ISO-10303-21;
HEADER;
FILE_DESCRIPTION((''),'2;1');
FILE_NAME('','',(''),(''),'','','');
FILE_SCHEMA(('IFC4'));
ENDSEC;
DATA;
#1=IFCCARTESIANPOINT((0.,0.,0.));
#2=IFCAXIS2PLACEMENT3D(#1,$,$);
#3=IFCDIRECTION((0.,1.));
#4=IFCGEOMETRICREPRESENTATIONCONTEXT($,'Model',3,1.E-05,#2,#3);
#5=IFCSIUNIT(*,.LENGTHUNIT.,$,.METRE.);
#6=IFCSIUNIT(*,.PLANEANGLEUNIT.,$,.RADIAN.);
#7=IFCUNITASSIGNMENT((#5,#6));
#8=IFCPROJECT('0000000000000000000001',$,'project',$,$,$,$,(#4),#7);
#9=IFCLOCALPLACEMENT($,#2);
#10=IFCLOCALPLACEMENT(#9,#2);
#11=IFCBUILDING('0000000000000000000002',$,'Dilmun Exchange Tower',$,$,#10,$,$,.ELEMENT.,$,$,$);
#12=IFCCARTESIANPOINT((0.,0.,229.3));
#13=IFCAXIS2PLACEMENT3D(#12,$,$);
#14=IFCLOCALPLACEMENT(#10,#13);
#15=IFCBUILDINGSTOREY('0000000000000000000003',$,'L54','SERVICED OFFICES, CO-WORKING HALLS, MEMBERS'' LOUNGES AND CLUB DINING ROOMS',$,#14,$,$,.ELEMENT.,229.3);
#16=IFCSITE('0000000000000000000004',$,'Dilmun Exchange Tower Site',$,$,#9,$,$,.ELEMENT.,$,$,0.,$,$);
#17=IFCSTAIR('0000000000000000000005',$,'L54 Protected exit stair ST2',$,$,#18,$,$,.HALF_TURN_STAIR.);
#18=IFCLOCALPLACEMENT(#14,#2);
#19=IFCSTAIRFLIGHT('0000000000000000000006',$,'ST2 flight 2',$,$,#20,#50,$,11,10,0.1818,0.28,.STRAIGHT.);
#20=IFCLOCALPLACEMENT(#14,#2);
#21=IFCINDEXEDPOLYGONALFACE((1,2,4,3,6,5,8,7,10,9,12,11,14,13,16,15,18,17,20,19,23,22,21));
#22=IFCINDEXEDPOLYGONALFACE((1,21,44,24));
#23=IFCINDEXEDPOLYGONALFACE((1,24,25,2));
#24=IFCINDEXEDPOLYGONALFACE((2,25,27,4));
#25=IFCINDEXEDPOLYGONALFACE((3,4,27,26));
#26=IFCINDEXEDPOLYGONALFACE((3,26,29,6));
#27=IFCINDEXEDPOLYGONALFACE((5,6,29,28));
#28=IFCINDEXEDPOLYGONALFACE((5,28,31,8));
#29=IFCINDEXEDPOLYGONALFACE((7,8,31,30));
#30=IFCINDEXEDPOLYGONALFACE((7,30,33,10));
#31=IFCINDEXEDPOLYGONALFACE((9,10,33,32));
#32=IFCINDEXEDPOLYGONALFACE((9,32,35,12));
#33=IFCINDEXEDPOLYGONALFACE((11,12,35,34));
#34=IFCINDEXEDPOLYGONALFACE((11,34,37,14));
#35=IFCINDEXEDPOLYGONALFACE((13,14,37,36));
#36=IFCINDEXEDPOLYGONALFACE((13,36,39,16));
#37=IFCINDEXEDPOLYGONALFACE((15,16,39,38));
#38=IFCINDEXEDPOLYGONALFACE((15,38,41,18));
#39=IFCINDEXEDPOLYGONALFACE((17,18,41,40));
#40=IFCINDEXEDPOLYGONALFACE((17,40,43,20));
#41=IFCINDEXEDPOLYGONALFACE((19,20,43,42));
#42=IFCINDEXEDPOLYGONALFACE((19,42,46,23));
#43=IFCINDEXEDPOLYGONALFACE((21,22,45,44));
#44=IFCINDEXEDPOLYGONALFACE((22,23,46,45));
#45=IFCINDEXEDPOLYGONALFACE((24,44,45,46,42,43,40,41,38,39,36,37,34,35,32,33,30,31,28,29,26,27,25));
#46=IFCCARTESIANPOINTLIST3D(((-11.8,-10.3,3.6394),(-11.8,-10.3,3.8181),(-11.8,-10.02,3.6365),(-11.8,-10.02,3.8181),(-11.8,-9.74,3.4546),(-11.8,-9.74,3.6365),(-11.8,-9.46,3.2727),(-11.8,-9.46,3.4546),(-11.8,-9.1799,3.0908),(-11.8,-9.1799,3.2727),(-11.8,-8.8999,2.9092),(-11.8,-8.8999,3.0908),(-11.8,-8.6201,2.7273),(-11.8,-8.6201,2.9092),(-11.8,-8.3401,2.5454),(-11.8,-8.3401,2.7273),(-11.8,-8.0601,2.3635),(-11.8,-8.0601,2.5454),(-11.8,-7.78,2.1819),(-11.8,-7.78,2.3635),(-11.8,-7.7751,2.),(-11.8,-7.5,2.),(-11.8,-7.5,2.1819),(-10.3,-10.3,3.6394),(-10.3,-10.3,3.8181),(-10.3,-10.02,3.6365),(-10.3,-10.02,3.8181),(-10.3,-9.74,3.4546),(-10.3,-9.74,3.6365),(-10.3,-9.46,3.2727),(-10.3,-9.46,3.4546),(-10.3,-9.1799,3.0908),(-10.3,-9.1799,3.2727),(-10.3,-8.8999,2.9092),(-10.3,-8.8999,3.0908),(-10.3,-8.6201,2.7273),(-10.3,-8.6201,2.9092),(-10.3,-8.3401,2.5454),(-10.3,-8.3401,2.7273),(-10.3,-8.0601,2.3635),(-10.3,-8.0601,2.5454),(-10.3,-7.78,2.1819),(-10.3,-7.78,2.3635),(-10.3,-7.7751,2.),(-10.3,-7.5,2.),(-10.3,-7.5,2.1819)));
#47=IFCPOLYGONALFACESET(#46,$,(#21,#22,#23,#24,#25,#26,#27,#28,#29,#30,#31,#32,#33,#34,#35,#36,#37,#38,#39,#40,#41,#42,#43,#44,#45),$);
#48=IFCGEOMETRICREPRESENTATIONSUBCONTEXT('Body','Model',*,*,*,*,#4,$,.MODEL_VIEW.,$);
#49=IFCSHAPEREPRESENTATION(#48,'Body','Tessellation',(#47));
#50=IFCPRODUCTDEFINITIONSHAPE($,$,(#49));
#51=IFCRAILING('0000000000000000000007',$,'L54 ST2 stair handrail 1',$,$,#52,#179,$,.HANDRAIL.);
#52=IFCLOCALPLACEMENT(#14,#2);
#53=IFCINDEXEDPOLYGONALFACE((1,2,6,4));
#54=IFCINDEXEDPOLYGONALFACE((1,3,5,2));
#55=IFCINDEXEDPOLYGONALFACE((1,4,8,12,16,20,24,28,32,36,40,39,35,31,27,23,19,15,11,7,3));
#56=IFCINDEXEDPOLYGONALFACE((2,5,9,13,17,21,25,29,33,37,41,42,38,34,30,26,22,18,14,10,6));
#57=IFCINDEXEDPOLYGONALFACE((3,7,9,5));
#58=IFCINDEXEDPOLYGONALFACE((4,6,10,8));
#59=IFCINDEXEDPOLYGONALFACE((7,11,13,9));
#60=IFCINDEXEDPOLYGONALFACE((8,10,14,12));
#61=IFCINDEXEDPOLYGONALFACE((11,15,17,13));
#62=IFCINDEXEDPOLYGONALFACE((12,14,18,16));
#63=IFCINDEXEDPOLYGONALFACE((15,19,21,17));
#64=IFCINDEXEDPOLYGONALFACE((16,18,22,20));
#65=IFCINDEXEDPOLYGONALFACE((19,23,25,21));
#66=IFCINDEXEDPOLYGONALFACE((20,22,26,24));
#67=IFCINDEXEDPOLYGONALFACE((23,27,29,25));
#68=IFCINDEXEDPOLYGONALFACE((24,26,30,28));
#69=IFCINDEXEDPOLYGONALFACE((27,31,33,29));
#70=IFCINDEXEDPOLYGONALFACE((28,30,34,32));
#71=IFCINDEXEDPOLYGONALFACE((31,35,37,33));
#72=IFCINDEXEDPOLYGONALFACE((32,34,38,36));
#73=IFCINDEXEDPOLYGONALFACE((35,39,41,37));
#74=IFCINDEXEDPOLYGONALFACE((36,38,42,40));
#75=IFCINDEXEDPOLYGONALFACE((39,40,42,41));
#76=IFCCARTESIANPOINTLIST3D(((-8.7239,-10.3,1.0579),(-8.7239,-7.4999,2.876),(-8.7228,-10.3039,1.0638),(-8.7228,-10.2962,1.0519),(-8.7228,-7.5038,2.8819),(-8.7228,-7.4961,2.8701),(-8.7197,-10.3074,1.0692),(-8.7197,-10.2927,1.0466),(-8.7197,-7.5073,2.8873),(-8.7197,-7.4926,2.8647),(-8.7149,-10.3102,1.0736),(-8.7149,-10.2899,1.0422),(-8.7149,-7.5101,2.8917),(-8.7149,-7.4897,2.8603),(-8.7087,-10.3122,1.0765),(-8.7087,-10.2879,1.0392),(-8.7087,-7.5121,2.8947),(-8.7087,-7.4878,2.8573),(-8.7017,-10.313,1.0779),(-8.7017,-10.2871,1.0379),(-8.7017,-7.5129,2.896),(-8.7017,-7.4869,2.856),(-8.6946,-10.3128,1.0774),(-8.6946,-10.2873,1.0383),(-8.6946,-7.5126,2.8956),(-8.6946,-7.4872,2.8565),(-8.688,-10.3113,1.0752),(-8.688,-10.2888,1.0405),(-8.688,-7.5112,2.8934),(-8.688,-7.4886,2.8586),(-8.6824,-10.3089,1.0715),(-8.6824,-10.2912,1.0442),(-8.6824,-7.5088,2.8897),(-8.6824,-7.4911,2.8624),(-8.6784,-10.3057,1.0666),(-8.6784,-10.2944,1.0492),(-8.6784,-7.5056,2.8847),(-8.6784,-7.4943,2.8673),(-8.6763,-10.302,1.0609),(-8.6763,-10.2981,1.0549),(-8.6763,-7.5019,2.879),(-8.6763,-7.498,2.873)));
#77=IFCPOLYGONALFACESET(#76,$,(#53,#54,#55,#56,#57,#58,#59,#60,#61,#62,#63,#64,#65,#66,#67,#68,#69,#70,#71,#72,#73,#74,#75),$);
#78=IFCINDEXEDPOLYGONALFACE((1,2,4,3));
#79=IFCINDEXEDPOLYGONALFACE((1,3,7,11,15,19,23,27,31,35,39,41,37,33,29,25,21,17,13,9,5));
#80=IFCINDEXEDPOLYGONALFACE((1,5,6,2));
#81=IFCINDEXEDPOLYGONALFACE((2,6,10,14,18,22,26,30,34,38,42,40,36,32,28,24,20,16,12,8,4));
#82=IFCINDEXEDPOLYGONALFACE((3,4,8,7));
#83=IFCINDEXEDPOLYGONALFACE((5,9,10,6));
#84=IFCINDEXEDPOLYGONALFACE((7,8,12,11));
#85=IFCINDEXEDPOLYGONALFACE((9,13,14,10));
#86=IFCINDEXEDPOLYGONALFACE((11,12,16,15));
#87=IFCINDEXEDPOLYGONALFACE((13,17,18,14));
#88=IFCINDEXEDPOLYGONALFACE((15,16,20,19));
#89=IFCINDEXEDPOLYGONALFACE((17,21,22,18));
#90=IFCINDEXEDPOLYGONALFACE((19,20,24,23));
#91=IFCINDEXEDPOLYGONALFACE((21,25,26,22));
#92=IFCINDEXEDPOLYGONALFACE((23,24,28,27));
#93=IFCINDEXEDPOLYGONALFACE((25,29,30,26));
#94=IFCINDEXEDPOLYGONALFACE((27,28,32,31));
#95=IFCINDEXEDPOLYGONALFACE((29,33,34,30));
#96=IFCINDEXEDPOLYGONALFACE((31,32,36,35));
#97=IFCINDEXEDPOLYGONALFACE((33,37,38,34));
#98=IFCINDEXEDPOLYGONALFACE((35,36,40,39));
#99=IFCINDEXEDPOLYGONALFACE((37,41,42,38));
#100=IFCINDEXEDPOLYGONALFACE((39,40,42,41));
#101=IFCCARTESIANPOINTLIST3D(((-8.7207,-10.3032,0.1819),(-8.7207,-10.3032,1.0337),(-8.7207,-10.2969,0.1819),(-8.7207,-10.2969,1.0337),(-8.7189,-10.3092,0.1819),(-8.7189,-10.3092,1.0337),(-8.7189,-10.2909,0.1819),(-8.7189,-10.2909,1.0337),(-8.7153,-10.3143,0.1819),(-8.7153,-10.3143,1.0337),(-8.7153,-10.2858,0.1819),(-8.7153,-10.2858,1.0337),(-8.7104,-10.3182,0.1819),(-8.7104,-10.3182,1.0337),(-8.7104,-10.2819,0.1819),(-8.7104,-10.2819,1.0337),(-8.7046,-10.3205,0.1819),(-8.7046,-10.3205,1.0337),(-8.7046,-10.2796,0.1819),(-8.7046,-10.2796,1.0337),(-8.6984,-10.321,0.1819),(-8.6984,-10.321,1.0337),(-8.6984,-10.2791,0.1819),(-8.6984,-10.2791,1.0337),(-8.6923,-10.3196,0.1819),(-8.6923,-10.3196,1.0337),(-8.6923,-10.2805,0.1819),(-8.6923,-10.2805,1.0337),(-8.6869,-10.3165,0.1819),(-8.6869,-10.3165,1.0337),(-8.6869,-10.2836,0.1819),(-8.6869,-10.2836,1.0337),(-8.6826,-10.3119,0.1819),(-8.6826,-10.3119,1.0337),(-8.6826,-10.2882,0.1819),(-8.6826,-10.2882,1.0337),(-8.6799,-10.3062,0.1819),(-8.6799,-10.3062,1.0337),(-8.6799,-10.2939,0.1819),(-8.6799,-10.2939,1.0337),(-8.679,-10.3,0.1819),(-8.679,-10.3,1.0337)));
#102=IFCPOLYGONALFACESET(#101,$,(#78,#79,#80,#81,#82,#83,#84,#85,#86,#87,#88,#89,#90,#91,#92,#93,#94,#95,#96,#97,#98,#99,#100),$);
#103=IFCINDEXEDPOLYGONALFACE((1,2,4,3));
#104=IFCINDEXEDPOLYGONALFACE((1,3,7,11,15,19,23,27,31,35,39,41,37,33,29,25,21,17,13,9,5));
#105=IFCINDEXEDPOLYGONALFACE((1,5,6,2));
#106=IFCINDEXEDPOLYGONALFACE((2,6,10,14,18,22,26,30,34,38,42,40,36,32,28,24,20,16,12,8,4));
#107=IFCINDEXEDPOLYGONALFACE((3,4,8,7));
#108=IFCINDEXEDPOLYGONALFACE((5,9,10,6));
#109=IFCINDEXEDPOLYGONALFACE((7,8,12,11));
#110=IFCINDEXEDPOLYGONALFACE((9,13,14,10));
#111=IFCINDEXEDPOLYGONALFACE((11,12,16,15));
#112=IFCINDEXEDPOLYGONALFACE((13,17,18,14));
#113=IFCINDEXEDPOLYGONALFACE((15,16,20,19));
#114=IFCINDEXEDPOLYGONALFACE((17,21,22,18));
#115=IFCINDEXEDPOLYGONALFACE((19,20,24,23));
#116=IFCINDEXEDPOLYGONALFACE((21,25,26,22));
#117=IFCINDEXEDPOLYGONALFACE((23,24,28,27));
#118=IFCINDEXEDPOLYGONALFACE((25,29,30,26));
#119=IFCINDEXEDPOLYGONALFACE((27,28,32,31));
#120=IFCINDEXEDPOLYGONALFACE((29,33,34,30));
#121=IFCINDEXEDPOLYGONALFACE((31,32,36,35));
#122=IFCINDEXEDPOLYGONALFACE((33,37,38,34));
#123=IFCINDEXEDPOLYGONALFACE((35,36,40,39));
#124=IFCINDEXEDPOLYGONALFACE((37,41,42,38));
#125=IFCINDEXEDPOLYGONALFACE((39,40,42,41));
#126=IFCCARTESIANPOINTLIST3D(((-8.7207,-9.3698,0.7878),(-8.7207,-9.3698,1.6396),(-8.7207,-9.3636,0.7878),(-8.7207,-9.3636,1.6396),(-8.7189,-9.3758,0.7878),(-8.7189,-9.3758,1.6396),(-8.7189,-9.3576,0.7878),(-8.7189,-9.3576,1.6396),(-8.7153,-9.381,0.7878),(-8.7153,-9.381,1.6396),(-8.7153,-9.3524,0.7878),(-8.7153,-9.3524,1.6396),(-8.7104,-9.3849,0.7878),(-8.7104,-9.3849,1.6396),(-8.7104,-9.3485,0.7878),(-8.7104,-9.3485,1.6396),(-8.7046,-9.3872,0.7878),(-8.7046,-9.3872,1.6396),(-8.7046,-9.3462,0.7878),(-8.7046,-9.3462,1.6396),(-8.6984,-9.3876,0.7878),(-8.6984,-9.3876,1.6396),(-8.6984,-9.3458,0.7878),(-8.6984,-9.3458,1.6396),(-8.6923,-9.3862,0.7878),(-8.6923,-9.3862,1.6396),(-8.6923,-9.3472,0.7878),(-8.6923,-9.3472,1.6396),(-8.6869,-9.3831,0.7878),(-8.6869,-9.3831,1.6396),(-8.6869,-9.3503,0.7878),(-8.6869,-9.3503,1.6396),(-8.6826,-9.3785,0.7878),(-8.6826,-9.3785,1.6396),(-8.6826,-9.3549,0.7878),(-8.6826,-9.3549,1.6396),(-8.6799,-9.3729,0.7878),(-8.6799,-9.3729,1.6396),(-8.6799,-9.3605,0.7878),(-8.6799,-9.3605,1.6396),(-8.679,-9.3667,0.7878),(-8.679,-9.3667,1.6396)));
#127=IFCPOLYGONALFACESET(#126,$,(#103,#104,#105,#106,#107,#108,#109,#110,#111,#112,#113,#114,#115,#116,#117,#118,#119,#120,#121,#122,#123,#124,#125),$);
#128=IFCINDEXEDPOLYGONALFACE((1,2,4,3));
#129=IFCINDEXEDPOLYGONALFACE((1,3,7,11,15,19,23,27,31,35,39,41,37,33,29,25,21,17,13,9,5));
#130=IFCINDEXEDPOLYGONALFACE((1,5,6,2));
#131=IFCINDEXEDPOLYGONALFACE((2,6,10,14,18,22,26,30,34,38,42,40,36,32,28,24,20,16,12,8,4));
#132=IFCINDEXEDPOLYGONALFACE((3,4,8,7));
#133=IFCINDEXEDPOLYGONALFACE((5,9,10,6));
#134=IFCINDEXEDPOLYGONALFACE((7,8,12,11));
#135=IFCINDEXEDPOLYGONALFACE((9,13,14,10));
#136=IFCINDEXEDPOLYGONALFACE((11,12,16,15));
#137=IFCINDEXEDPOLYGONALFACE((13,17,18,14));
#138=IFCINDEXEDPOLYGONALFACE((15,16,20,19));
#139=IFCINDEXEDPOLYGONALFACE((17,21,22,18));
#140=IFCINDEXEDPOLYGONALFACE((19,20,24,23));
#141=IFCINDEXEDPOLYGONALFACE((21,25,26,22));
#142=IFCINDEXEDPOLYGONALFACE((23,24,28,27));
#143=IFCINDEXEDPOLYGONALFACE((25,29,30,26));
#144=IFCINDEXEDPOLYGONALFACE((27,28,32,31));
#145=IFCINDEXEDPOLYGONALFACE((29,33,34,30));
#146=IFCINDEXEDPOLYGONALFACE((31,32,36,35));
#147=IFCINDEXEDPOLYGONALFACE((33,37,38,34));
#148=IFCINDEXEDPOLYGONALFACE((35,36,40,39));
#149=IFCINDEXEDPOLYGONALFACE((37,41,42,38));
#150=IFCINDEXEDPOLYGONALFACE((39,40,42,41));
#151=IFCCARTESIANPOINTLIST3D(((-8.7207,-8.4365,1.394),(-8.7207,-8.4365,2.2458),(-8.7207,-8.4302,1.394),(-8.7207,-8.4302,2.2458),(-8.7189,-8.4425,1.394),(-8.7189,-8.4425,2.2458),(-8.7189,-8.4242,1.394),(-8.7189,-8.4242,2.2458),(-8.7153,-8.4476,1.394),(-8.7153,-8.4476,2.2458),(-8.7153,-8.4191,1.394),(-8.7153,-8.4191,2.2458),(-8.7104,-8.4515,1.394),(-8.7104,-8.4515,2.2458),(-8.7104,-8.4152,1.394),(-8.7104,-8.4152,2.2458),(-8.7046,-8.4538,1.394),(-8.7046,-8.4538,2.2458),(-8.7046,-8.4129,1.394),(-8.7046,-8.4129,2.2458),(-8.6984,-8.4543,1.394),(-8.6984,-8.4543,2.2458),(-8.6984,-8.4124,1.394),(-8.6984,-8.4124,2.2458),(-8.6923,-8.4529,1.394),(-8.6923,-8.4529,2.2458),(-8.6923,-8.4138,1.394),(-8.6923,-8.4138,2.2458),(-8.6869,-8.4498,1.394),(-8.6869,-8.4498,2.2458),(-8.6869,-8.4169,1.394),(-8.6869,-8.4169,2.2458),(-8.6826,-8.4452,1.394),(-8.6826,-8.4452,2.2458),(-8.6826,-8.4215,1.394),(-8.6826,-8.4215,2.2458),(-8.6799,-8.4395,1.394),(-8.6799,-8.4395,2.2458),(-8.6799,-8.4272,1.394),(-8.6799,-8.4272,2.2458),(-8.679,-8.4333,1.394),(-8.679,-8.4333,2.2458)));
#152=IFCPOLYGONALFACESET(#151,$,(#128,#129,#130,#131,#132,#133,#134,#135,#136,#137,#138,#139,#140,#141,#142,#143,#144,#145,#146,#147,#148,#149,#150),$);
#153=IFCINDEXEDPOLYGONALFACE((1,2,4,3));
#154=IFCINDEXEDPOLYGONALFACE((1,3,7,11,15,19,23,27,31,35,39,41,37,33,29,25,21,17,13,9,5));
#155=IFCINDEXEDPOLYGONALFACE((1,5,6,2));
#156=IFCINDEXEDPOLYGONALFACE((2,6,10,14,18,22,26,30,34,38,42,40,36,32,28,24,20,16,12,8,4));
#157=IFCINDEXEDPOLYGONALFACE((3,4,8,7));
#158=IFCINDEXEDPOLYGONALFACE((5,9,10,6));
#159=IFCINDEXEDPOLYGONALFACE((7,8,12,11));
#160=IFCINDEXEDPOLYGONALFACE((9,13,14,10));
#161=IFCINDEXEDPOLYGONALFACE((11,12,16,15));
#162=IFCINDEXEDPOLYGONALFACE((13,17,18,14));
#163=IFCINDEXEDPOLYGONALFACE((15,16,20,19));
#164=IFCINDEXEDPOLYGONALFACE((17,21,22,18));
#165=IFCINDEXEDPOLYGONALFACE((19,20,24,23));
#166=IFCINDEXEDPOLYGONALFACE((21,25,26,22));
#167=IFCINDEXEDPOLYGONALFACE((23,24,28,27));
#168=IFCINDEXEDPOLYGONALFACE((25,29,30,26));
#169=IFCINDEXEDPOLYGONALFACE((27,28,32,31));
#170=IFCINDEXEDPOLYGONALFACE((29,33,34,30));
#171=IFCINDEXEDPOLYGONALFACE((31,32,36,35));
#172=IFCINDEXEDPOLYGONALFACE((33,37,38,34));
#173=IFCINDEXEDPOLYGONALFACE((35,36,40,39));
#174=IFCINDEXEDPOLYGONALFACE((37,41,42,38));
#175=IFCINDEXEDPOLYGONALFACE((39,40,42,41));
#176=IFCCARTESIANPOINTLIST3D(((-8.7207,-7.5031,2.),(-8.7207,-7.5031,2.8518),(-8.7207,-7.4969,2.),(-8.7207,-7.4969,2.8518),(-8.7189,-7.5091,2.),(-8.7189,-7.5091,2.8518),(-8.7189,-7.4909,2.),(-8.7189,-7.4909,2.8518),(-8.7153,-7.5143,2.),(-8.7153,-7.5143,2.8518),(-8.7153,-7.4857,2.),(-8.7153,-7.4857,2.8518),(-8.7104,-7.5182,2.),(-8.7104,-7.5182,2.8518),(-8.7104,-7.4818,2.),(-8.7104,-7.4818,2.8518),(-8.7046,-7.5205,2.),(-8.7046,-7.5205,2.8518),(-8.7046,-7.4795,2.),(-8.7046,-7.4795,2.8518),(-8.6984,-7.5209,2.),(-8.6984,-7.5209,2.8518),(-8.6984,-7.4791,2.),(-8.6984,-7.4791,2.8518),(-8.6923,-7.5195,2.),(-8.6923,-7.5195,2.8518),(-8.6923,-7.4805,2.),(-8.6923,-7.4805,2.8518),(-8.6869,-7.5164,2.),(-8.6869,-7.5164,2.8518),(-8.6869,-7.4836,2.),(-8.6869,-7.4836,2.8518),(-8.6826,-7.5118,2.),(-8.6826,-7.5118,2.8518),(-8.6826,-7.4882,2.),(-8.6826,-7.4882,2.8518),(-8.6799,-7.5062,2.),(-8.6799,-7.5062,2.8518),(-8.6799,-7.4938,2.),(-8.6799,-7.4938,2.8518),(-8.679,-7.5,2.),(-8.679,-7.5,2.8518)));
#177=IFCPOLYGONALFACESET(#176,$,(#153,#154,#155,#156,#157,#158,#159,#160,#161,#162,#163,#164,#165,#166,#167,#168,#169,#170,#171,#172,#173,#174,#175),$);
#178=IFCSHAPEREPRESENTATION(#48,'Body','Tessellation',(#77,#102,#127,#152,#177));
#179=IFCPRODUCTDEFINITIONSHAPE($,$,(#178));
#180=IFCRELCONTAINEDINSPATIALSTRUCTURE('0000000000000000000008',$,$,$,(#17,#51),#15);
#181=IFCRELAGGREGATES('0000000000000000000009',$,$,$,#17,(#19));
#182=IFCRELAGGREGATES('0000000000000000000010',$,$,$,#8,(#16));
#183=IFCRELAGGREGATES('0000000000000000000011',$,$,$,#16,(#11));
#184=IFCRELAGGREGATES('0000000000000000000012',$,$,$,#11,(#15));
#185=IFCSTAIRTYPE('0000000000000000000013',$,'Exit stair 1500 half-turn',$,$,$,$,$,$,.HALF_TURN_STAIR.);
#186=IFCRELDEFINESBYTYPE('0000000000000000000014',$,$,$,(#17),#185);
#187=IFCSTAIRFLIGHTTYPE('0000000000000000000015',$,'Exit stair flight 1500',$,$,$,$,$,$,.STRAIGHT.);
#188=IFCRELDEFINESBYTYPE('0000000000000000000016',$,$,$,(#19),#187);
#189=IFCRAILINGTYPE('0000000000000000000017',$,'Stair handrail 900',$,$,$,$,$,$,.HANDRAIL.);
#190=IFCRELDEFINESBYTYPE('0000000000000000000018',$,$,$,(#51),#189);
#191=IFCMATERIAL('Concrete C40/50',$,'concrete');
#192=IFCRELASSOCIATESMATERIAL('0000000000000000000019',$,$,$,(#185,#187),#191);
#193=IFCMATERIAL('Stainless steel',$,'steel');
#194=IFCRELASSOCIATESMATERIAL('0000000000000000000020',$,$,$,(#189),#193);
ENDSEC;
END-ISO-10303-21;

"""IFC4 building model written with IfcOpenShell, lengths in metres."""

from ifc_helpers import new_model, si_unit, direction, frame, origin, origin_2d, place, context, subcontext, project, spatial, polyline, circle, outline, extrude, material, type_object, element, aggregate, save


model = new_model("IFC4")

# Units and contexts
model_context = context("Model", 3, precision=1e-05, world=origin(), true_north=direction((0.0, 1.0)))
body_context = subcontext(model_context, "Body", "Model", "MODEL_VIEW")
ifc_project = project(units=[si_unit("LENGTHUNIT", "METRE"), si_unit("PLANEANGLEUNIT", "RADIAN")], contexts=[model_context])

# Site, building, storey
site_placement = place(None, origin())
site = spatial("IfcSite", under=ifc_project, at=site_placement, Name="Dilmun Exchange Tower Site", CompositionType="ELEMENT", RefElevation=0.0)
building_placement = place(site_placement, origin())
building = spatial("IfcBuilding", under=site, at=building_placement, Name="Dilmun Exchange Tower", CompositionType="ELEMENT")
storey_placement = place(building_placement, frame((0.0, 0.0, 229.3)))
storey = spatial("IfcBuildingStorey", under=building, at=storey_placement, Name="L54", Description="SERVICED OFFICES, CO-WORKING HALLS, MEMBERS' LOUNGES AND CLUB DINING ROOMS", CompositionType="ELEMENT", Elevation=229.3)

# Shared definitions
ifc_material_1 = material(Name="Concrete C40/50", Category="concrete")

# Stair, stair flight
stair_type = type_object("IfcStairType", Name="Exit stair 1500 half-turn", PredefinedType="HALF_TURN_STAIR", material=ifc_material_1)
stair_placement = place(storey_placement, origin())
stair = element("IfcStair", 1, at=stair_placement, inside=storey, type_object=stair_type, Name="L54 Protected exit stair ST2", PredefinedType="HALF_TURN_STAIR")
stair_flight_type = type_object("IfcStairFlightType", Name="Exit stair flight 1500", PredefinedType="STRAIGHT", material=ifc_material_1)
stair_flight_placement = place(storey_placement, frame((-11.05, -7.5, 2.0), z_axis=(0.0, 0.0, 1.0), x_axis=(0.0, -1.0, 0.0)))
stair_flight = element("IfcStairFlight", 2, at=stair_flight_placement, type_object=stair_flight_type, Name="ST2 flight 2", NumberOfRisers=11, NumberOfTreads=10, PredefinedType="STRAIGHT", RiserHeight=0.1818, TreadLength=0.28, context=body_context, shape_type="SweptSolid", body=[
    extrude(outline(polyline([(0.0, 0.0), (0.0, 0.1819), (0.28, 0.1819), (0.28, 0.3635), (0.5601, 0.3635), (0.5601, 0.5454), (0.8401, 0.5454), (0.8401, 0.7273), (1.1201, 0.7273), (1.1201, 0.9092), (1.3999, 0.9092), (1.3999, 1.0908), (1.6799, 1.0908), (1.6799, 1.2727), (1.96, 1.2727), (1.96, 1.4546), (2.24, 1.4546), (2.24, 1.6365), (2.52, 1.6365), (2.52, 1.8181), (2.8, 1.8181), (2.8, 2.0), (2.8, 1.6394), (0.2751, 0.0), (0.0, 0.0)])), frame((0.0, 0.75, 0.0), z_axis=(0.0, -1.0, 0.0), x_axis=(1.0, 0.0, 0.0)), (0.0, 0.0, 1.0), 1.5),
])
aggregate(stair, [stair_flight])

# Railing
ifc_material_2 = material(Name="Stainless steel", Category="steel")
railing_type = type_object("IfcRailingType", Name="Stair handrail 900", PredefinedType="HANDRAIL", material=ifc_material_2)
railing_1_placement = place(storey_placement, frame((-8.7, -10.3, 0.1819)))
element("IfcRailing", 3, at=railing_1_placement, inside=storey, type_object=railing_type, Name="L54 ST2 stair handrail 1", PredefinedType="HANDRAIL", context=body_context, shape_type="SweptSolid", body=[
    extrude(circle(Radius=0.0239, at=origin_2d()), frame((0.0, 0.0, 0.876), z_axis=(0.0, 0.838706, 0.544585), x_axis=(-1.0, 0.0, 0.0)), (0.0, 0.0, 1.0), 3.3386),
    extrude(circle(Radius=0.021, at=origin_2d()), origin(), (0.0, 0.0, 1.0), 0.8518),
    extrude(circle(Radius=0.021, at=origin_2d()), frame((0.0, 0.9333, 0.606)), (0.0, 0.0, 1.0), 0.8518),
    extrude(circle(Radius=0.021, at=origin_2d()), frame((0.0, 1.8667, 1.2122)), (0.0, 0.0, 1.0), 0.8518),
    extrude(circle(Radius=0.021, at=origin_2d()), frame((0.0, 2.8, 1.8181)), (0.0, 0.0, 1.0), 0.8518),
])

save(model, "model.ifc")
